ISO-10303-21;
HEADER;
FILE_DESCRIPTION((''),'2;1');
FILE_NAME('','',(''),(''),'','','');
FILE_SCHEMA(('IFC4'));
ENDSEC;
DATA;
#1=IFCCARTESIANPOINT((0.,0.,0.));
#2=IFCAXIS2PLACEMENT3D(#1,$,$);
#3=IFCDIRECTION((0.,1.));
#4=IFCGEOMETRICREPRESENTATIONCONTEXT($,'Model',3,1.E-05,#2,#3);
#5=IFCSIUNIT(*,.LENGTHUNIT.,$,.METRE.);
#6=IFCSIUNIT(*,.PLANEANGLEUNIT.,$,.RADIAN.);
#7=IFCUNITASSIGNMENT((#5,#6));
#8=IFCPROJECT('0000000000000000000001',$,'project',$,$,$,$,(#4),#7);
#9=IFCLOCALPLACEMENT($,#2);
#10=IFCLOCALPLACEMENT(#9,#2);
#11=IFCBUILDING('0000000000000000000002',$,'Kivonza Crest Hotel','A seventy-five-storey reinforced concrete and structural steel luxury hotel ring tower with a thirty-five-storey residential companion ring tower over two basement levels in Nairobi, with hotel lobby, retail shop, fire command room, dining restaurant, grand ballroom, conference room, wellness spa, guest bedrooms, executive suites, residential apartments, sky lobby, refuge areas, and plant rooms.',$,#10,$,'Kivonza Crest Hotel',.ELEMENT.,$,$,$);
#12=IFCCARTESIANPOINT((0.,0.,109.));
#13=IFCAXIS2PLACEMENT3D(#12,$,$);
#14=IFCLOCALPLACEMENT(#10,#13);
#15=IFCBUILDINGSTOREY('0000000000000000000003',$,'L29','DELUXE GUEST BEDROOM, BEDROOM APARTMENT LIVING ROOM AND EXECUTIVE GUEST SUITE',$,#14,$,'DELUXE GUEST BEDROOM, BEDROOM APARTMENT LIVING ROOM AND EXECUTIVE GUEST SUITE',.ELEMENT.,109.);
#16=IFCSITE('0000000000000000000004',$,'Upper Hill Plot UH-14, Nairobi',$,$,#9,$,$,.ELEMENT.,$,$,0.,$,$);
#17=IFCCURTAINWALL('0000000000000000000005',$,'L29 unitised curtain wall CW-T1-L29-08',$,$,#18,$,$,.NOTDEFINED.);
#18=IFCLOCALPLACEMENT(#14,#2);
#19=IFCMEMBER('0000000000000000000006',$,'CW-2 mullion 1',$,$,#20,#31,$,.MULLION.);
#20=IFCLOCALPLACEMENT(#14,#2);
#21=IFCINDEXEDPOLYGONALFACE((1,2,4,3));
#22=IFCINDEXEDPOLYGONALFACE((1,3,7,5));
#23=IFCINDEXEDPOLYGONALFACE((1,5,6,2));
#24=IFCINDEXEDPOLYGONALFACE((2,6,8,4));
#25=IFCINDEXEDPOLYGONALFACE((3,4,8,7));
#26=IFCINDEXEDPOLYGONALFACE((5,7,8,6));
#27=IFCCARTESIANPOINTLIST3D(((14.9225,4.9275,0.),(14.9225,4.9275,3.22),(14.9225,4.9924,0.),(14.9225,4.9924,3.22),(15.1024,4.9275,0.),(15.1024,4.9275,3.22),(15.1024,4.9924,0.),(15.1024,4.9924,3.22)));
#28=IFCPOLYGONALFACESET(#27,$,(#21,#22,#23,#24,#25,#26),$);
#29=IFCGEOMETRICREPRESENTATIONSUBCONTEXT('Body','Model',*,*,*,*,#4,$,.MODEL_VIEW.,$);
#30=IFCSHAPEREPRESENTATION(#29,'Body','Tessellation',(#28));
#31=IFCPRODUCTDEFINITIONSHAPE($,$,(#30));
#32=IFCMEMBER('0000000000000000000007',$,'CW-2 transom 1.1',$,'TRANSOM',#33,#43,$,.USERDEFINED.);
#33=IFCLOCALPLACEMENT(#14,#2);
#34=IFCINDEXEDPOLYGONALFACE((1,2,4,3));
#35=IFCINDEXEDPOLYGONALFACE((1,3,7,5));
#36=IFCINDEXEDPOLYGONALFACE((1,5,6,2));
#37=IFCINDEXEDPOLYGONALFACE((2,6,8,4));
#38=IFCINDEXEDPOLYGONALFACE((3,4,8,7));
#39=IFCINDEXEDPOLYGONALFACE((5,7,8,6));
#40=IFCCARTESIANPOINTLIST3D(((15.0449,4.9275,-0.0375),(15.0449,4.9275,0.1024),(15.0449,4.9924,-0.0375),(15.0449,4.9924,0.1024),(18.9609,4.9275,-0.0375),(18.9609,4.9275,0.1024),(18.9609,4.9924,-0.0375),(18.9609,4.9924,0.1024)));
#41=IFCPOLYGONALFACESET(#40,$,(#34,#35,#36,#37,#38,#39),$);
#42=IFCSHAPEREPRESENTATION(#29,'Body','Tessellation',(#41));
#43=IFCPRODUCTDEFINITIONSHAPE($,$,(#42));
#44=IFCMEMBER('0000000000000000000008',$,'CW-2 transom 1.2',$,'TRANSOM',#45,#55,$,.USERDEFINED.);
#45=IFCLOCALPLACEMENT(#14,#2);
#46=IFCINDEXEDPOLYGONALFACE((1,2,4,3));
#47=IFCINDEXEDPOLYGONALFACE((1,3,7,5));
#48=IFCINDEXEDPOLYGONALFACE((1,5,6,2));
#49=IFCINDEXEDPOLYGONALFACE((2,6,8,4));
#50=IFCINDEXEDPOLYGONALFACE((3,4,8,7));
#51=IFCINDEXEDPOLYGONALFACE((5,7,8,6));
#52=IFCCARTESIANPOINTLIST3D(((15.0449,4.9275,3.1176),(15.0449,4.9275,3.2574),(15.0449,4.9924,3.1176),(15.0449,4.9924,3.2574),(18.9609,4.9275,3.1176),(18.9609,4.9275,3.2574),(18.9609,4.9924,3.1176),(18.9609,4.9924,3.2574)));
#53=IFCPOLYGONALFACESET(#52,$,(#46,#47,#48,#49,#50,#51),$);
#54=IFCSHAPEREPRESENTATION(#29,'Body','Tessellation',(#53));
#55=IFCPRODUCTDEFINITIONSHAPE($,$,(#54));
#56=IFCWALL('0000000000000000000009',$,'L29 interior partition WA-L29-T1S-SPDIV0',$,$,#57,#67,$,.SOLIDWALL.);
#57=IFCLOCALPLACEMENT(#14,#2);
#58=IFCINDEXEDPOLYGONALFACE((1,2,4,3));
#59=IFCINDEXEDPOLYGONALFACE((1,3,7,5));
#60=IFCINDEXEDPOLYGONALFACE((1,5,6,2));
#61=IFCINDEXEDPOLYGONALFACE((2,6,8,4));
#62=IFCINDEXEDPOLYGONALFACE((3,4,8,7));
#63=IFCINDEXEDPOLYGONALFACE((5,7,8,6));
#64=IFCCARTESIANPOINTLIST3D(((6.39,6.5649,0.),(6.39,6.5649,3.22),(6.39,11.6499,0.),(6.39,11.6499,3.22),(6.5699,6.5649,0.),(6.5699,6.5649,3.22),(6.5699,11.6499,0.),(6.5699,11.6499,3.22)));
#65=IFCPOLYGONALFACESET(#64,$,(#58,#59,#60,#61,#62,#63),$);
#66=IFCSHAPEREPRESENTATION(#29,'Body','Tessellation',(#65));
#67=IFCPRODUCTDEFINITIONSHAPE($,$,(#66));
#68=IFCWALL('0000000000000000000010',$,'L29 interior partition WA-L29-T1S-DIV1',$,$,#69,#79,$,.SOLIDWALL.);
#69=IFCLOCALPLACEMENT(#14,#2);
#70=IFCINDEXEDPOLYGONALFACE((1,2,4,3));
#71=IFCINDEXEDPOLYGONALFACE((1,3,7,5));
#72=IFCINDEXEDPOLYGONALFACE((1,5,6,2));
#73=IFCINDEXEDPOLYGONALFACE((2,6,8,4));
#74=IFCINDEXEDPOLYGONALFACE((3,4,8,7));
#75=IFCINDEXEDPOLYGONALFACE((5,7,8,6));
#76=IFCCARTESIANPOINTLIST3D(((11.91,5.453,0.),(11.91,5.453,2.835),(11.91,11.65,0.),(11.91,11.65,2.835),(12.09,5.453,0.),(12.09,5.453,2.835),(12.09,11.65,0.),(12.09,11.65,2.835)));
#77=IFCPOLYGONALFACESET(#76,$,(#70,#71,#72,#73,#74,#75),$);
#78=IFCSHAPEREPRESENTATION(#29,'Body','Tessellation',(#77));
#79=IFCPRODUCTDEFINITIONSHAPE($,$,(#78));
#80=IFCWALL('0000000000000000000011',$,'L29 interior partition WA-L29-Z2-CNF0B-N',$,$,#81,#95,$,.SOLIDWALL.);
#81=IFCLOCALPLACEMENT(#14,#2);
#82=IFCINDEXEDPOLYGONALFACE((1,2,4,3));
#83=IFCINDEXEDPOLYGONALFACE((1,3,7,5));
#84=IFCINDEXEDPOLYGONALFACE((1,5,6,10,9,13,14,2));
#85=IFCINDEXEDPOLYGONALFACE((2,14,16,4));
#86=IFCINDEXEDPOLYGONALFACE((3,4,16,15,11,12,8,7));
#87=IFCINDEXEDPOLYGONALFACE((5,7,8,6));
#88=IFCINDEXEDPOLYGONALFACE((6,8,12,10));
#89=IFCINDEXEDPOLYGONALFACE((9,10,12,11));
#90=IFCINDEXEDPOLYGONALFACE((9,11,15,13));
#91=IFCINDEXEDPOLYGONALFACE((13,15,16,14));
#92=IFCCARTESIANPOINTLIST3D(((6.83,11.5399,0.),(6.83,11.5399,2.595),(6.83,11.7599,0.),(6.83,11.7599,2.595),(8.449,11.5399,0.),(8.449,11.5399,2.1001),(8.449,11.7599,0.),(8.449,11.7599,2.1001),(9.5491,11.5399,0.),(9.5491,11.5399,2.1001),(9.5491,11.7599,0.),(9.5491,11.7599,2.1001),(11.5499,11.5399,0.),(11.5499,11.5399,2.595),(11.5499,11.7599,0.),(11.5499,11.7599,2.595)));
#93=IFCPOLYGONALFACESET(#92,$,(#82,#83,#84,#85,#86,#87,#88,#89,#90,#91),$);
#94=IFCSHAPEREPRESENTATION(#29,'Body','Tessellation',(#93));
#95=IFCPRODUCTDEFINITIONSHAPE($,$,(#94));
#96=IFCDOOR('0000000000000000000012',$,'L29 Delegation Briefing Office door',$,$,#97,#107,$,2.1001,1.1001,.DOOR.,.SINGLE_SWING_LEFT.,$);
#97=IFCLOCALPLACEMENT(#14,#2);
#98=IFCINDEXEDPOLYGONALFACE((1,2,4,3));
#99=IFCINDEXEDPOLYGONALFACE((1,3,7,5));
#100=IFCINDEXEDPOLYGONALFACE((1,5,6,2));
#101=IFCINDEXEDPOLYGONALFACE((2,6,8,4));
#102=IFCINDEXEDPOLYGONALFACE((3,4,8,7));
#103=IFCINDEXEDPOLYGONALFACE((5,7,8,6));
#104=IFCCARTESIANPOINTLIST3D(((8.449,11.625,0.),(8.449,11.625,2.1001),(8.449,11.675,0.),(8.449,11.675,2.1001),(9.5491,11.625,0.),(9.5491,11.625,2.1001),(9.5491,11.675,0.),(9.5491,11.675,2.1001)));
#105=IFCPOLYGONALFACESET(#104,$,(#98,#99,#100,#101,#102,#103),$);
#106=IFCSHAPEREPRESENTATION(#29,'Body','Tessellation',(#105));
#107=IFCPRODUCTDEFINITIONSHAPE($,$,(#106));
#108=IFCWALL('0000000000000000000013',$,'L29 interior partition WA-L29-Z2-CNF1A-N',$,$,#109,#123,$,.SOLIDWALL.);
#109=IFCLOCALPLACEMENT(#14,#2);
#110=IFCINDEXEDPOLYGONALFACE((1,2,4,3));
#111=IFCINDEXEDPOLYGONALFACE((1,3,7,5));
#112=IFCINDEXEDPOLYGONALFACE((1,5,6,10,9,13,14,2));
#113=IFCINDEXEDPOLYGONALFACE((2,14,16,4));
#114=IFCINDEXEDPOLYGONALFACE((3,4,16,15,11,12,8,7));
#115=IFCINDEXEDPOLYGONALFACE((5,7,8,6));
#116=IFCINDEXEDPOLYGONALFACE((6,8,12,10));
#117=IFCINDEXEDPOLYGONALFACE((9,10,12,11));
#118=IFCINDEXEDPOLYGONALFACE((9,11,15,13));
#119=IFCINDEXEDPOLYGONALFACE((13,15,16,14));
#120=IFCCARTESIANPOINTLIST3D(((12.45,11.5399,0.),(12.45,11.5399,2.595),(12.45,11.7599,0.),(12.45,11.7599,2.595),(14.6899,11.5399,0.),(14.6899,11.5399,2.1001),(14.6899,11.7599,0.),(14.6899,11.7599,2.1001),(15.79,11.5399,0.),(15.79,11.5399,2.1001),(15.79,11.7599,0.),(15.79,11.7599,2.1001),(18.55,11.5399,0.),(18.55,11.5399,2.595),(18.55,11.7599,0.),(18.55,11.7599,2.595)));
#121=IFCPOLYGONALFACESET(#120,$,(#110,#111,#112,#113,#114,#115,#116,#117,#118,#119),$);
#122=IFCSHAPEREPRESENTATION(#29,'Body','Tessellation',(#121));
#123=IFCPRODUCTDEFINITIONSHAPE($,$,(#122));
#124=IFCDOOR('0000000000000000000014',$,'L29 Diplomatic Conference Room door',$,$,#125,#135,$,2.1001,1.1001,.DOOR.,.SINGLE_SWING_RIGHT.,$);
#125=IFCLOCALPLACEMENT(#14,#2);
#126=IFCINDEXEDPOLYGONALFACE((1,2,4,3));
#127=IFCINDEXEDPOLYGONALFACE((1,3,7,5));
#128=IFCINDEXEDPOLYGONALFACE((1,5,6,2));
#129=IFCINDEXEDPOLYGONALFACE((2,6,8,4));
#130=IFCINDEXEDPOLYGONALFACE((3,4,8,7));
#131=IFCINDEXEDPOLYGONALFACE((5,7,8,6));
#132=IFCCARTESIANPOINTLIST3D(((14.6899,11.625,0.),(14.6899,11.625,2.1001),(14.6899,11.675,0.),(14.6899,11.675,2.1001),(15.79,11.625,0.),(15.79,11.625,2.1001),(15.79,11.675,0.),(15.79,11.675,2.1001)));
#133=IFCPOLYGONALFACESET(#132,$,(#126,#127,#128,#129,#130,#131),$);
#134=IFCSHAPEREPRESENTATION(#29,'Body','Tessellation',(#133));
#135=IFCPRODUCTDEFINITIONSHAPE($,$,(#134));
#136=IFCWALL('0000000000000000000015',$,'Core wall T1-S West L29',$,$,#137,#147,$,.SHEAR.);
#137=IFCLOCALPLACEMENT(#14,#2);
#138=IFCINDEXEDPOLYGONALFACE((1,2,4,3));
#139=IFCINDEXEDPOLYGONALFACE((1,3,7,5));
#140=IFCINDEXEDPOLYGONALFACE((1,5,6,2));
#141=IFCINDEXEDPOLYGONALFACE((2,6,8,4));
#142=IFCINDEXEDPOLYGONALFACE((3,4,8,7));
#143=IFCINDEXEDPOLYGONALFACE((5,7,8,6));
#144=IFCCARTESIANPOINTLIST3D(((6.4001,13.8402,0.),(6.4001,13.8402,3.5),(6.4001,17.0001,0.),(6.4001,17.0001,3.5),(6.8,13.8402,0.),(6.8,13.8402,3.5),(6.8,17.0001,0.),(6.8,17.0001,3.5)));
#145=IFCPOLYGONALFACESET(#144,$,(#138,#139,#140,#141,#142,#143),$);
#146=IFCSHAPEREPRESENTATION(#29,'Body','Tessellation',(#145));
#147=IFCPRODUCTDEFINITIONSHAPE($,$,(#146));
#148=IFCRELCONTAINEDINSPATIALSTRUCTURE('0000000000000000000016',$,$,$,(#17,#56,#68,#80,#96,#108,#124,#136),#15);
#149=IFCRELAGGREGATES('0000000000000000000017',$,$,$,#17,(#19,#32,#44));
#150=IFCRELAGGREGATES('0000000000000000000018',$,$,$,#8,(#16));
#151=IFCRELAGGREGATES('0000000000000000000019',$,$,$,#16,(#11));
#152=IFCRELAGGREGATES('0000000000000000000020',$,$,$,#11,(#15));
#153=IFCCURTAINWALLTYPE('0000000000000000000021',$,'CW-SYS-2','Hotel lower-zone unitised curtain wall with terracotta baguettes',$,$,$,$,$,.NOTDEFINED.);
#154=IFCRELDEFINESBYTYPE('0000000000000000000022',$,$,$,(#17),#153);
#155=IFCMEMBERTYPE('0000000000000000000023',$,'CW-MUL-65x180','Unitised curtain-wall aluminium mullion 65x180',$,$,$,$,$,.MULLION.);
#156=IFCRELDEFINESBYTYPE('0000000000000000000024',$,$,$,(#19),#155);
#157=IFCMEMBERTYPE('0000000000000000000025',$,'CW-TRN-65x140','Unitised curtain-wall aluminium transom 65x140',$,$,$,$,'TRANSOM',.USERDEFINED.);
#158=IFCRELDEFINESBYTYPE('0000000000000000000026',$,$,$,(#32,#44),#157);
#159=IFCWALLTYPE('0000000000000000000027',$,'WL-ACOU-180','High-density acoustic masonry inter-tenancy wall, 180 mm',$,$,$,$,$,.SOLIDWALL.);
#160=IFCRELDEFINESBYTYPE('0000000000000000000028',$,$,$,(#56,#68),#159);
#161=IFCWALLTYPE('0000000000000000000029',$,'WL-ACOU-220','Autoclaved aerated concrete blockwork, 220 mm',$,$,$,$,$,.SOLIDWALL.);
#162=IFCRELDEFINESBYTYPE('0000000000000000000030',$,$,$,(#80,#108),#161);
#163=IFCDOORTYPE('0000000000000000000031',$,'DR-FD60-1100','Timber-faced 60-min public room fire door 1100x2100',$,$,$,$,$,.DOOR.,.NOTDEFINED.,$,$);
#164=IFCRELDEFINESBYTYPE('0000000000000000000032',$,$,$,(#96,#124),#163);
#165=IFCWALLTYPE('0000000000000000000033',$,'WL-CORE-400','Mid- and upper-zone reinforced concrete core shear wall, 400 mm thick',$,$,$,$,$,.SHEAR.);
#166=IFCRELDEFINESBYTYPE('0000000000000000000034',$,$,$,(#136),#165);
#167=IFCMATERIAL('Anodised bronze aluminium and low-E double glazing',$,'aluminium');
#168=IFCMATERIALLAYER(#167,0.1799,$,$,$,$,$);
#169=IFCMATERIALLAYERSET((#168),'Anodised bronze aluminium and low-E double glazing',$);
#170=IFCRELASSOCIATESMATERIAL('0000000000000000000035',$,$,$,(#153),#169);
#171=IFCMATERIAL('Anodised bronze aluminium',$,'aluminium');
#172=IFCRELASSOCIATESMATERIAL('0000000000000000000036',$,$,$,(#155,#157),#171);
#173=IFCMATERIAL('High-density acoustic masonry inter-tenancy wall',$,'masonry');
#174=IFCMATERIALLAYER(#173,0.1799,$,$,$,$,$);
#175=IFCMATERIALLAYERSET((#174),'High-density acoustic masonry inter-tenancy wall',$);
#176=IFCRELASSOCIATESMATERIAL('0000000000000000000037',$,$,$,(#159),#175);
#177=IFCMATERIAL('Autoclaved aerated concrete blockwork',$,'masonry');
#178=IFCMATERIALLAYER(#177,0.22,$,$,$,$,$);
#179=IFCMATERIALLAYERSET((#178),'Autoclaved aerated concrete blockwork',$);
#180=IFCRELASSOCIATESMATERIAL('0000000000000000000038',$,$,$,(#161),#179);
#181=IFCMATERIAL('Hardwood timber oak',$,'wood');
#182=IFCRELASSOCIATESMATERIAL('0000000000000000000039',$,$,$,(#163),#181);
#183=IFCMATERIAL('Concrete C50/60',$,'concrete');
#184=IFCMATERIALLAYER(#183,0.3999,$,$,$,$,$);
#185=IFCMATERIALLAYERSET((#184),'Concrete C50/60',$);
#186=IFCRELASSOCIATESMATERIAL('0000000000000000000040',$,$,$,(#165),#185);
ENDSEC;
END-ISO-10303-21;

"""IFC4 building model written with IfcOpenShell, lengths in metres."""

from ifc_helpers import new_model, si_unit, direction, frame, frame_2d, origin, origin_2d, place, context, subcontext, project, spatial, rectangle, extrude, material, layer, layer_set, material_profile, profile_set, type_object, element, fill, aggregate, save


model = new_model("IFC4")

# Units and contexts
model_context = context("Model", 3, precision=1e-05, world=origin(), true_north=direction((0.0, 1.0)))
body_context = subcontext(model_context, "Body", "Model", "MODEL_VIEW")
ifc_project = project(units=[si_unit("LENGTHUNIT", "METRE"), si_unit("PLANEANGLEUNIT", "RADIAN")], contexts=[model_context])

# Site, building, storey
site_placement = place(None, origin())
site = spatial("IfcSite", under=ifc_project, at=site_placement, Name="Upper Hill Plot UH-14, Nairobi", CompositionType="ELEMENT", RefElevation=0.0)
building_placement = place(site_placement, origin())
building = spatial("IfcBuilding", under=site, at=building_placement, Name="Kivonza Crest Hotel", Description="A seventy-five-storey reinforced concrete and structural steel luxury hotel ring tower with a thirty-five-storey residential companion ring tower over two basement levels in Nairobi, with hotel lobby, retail shop, fire command room, dining restaurant, grand ballroom, conference room, wellness spa, guest bedrooms, executive suites, residential apartments, sky lobby, refuge areas, and plant rooms.", LongName="Kivonza Crest Hotel", CompositionType="ELEMENT")
storey_placement = place(building_placement, frame((0.0, 0.0, 109.0)))
storey = spatial("IfcBuildingStorey", under=building, at=storey_placement, Name="L29", Description="DELUXE GUEST BEDROOM, BEDROOM APARTMENT LIVING ROOM AND EXECUTIVE GUEST SUITE", LongName="DELUXE GUEST BEDROOM, BEDROOM APARTMENT LIVING ROOM AND EXECUTIVE GUEST SUITE", CompositionType="ELEMENT", Elevation=109.0)

# Shared definitions
ifc_material_1 = material(Name="Concrete C50/60", Category="concrete")

# Curtain wall, members
ifc_material_2 = material(Name="Anodised bronze aluminium and low-E double glazing", Category="aluminium")
ifc_layer_1 = layer(ifc_material_2, 0.1799)
ifc_layer_set_1 = layer_set([ifc_layer_1], Name="Anodised bronze aluminium and low-E double glazing")
curtain_wall_type = type_object("IfcCurtainWallType", Name="CW-SYS-2", Description="Hotel lower-zone unitised curtain wall with terracotta baguettes", PredefinedType="NOTDEFINED", material=ifc_layer_set_1)
curtain_wall_placement = place(storey_placement, origin())
curtain_wall = element("IfcCurtainWall", 1, at=curtain_wall_placement, inside=storey, type_object=curtain_wall_type, Name="L29 unitised curtain wall CW-T1-L29-08", PredefinedType="NOTDEFINED")
ifc_material_3 = material(Name="Anodised bronze aluminium", Category="aluminium")
ifc_material_profile_1 = material_profile(ifc_material_3, rectangle(XDim=0.0649, YDim=0.1799, at=origin_2d()), Name="CW-M 65x180")
ifc_profile_set_1 = profile_set([ifc_material_profile_1], Name="Anodised bronze aluminium")
member_type_1 = type_object("IfcMemberType", Name="CW-MUL-65x180", Description="Unitised curtain-wall aluminium mullion 65x180", PredefinedType="MULLION", material=ifc_profile_set_1)
member_1_placement = place(storey_placement, frame((15.0125, 4.96, 0.0), z_axis=(0.0, 0.0, 1.0), x_axis=(0.0, 1.0, 0.0)))
member_1 = element("IfcMember", 2, at=member_1_placement, type_object=member_type_1, Name="CW-2 mullion 1", PredefinedType="MULLION", context=body_context, shape_type="SweptSolid", body=[
    extrude(rectangle(XDim=0.0649, YDim=0.1799, at=origin_2d()), origin(), (0.0, 0.0, 1.0), 3.22),
])
ifc_material_profile_2 = material_profile(ifc_material_3, rectangle(XDim=0.0649, YDim=0.1399, at=origin_2d()), Name="CW-T 65x140")
ifc_profile_set_2 = profile_set([ifc_material_profile_2], Name="Anodised bronze aluminium")
member_type_2 = type_object("IfcMemberType", Name="CW-TRN-65x140", Description="Unitised curtain-wall aluminium transom 65x140", ElementType="TRANSOM", PredefinedType="USERDEFINED", material=ifc_profile_set_2)
member_2_placement = place(storey_placement, frame((15.0449, 4.96, 0.0325), z_axis=(1.0, 0.0, 0.0), x_axis=(0.0, 1.0, 0.0)))
member_2 = element("IfcMember", 3, at=member_2_placement, type_object=member_type_2, Name="CW-2 transom 1.1", ObjectType="TRANSOM", PredefinedType="USERDEFINED", context=body_context, shape_type="SweptSolid", body=[
    extrude(rectangle(XDim=0.0649, YDim=0.1399, at=origin_2d()), origin(), (0.0, 0.0, 1.0), 3.916),
])
member_3_placement = place(storey_placement, frame((15.0449, 4.96, 3.1875), z_axis=(1.0, 0.0, 0.0), x_axis=(0.0, 1.0, 0.0)))
member_3 = element("IfcMember", 4, at=member_3_placement, type_object=member_type_2, Name="CW-2 transom 1.2", ObjectType="TRANSOM", PredefinedType="USERDEFINED", context=body_context, shape_type="SweptSolid", body=[
    extrude(rectangle(XDim=0.0649, YDim=0.1399, at=origin_2d()), origin(), (0.0, 0.0, 1.0), 3.916),
])
aggregate(curtain_wall, [member_1, member_2, member_3])

# Walls
ifc_material_4 = material(Name="High-density acoustic masonry inter-tenancy wall", Category="masonry")
ifc_layer_2 = layer(ifc_material_4, 0.1799)
ifc_layer_set_2 = layer_set([ifc_layer_2], Name="High-density acoustic masonry inter-tenancy wall")
wall_type_1 = type_object("IfcWallType", Name="WL-ACOU-180", Description="High-density acoustic masonry inter-tenancy wall, 180 mm", PredefinedType="SOLIDWALL", material=ifc_layer_set_2)
wall_1_placement = place(storey_placement, frame((6.48, 6.5649, 0.0), z_axis=(0.0, 0.0, 1.0), x_axis=(0.0, 1.0, 0.0)))
element("IfcWall", 5, at=wall_1_placement, inside=storey, type_object=wall_type_1, Name="L29 interior partition WA-L29-T1S-SPDIV0", PredefinedType="SOLIDWALL", context=body_context, shape_type="SweptSolid", body=[
    extrude(rectangle(XDim=5.085, YDim=0.1799, at=frame_2d((2.5425, 0.0))), origin(), (0.0, 0.0, 1.0), 3.22),
])
wall_2_placement = place(storey_placement, frame((12.0, 5.4529, 0.0), z_axis=(0.0, 0.0, 1.0), x_axis=(0.0, 1.0, 0.0)))
element("IfcWall", 6, at=wall_2_placement, inside=storey, type_object=wall_type_1, Name="L29 interior partition WA-L29-T1S-DIV1", PredefinedType="SOLIDWALL", context=body_context, shape_type="SweptSolid", body=[
    extrude(rectangle(XDim=6.197, YDim=0.1799, at=frame_2d((3.0986, 0.0))), origin(), (0.0, 0.0, 1.0), 2.835),
])

# Walls, openings, doors
ifc_material_5 = material(Name="Autoclaved aerated concrete blockwork", Category="masonry")
ifc_layer_3 = layer(ifc_material_5, 0.22)
ifc_layer_set_3 = layer_set([ifc_layer_3], Name="Autoclaved aerated concrete blockwork")
wall_type_2 = type_object("IfcWallType", Name="WL-ACOU-220", Description="Autoclaved aerated concrete blockwork, 220 mm", PredefinedType="SOLIDWALL", material=ifc_layer_set_3)
wall_3_placement = place(storey_placement, frame((6.8301, 11.6499, 0.0), z_axis=(0.0, 0.0, 1.0), x_axis=(1.0, 0.0, 0.0)))
wall_3 = element("IfcWall", 7, at=wall_3_placement, inside=storey, type_object=wall_type_2, Name="L29 interior partition WA-L29-Z2-CNF0B-N", PredefinedType="SOLIDWALL", context=body_context, shape_type="SweptSolid", body=[
    extrude(rectangle(XDim=4.72, YDim=0.22, at=frame_2d((2.3599, 0.0))), origin(), (0.0, 0.0, 1.0), 2.595),
])
opening_1_placement = place(wall_3_placement, frame((1.6189, 0.0, 0.0)))
opening_1 = element("IfcOpeningElement", 8, at=opening_1_placement, cuts=wall_3, PredefinedType="OPENING", context=body_context, shape_type="SweptSolid", body=[
    extrude(rectangle(XDim=1.1001, YDim=2.1001, at=frame_2d((0.55, 1.05))), frame((0.0, 0.1201, 0.0), z_axis=(0.0, -1.0, 0.0), x_axis=(1.0, 0.0, 0.0)), (0.0, 0.0, 1.0), 0.24),
])
ifc_material_6 = material(Name="Hardwood timber oak", Category="wood")
door_type = type_object("IfcDoorType", Name="DR-FD60-1100", Description="Timber-faced 60-min public room fire door 1100x2100", OperationType="NOTDEFINED", PredefinedType="DOOR", material=ifc_material_6)
door_1_placement = place(opening_1_placement, frame((1.1001, 0.0, 0.0), z_axis=(0.0, 0.0, 1.0), x_axis=(-1.0, 0.0, 0.0)))
door_1 = element("IfcDoor", 9, at=door_1_placement, inside=storey, type_object=door_type, Name="L29 Delegation Briefing Office door", OperationType="SINGLE_SWING_LEFT", OverallHeight=2.1001, OverallWidth=1.1001, PredefinedType="DOOR", context=body_context, shape_type="SweptSolid", body=[
    extrude(rectangle(XDim=1.1001, YDim=2.1001, at=frame_2d((0.55, 1.05))), frame((0.0, 0.0249, 0.0), z_axis=(0.0, -1.0, 0.0), x_axis=(1.0, 0.0, 0.0)), (0.0, 0.0, 1.0), 0.05),
])
fill(opening_1, door_1)
wall_4_placement = place(storey_placement, frame((12.45, 11.6499, 0.0), z_axis=(0.0, 0.0, 1.0), x_axis=(1.0, 0.0, 0.0)))
wall_4 = element("IfcWall", 10, at=wall_4_placement, inside=storey, type_object=wall_type_2, Name="L29 interior partition WA-L29-Z2-CNF1A-N", PredefinedType="SOLIDWALL", context=body_context, shape_type="SweptSolid", body=[
    extrude(rectangle(XDim=6.1001, YDim=0.22, at=frame_2d((3.05, 0.0))), origin(), (0.0, 0.0, 1.0), 2.595),
])
opening_2_placement = place(wall_4_placement, frame((2.24, 0.0, 0.0)))
opening_2 = element("IfcOpeningElement", 11, at=opening_2_placement, cuts=wall_4, PredefinedType="OPENING", context=body_context, shape_type="SweptSolid", body=[
    extrude(rectangle(XDim=1.1001, YDim=2.1001, at=frame_2d((0.55, 1.05))), frame((0.0, 0.1201, 0.0), z_axis=(0.0, -1.0, 0.0), x_axis=(1.0, 0.0, 0.0)), (0.0, 0.0, 1.0), 0.24),
])
door_2_placement = place(opening_2_placement, frame((1.1001, 0.0, 0.0), z_axis=(0.0, 0.0, 1.0), x_axis=(-1.0, 0.0, 0.0)))
door_2 = element("IfcDoor", 12, at=door_2_placement, inside=storey, type_object=door_type, Name="L29 Diplomatic Conference Room door", OperationType="SINGLE_SWING_RIGHT", OverallHeight=2.1001, OverallWidth=1.1001, PredefinedType="DOOR", context=body_context, shape_type="SweptSolid", body=[
    extrude(rectangle(XDim=1.1001, YDim=2.1001, at=frame_2d((0.55, 1.05))), frame((0.0, 0.0249, 0.0), z_axis=(0.0, -1.0, 0.0), x_axis=(1.0, 0.0, 0.0)), (0.0, 0.0, 1.0), 0.05),
])
fill(opening_2, door_2)

# Wall
ifc_layer_4 = layer(ifc_material_1, 0.3999)
ifc_layer_set_4 = layer_set([ifc_layer_4], Name="Concrete C50/60")
wall_type_3 = type_object("IfcWallType", Name="WL-CORE-400", Description="Mid- and upper-zone reinforced concrete core shear wall, 400 mm thick", PredefinedType="SHEAR", material=ifc_layer_set_4)
wall_5_placement = place(storey_placement, frame((6.6001, 13.8401, 0.0), z_axis=(0.0, 0.0, 1.0), x_axis=(0.0, 1.0, 0.0)))
element("IfcWall", 13, at=wall_5_placement, inside=storey, type_object=wall_type_3, Name="Core wall T1-S West L29", PredefinedType="SHEAR", context=body_context, shape_type="SweptSolid", body=[
    extrude(rectangle(XDim=3.1599, YDim=0.3999, at=frame_2d((1.5801, 0.0))), origin(), (0.0, 0.0, 1.0), 3.5),
])

save(model, "model.ifc")
